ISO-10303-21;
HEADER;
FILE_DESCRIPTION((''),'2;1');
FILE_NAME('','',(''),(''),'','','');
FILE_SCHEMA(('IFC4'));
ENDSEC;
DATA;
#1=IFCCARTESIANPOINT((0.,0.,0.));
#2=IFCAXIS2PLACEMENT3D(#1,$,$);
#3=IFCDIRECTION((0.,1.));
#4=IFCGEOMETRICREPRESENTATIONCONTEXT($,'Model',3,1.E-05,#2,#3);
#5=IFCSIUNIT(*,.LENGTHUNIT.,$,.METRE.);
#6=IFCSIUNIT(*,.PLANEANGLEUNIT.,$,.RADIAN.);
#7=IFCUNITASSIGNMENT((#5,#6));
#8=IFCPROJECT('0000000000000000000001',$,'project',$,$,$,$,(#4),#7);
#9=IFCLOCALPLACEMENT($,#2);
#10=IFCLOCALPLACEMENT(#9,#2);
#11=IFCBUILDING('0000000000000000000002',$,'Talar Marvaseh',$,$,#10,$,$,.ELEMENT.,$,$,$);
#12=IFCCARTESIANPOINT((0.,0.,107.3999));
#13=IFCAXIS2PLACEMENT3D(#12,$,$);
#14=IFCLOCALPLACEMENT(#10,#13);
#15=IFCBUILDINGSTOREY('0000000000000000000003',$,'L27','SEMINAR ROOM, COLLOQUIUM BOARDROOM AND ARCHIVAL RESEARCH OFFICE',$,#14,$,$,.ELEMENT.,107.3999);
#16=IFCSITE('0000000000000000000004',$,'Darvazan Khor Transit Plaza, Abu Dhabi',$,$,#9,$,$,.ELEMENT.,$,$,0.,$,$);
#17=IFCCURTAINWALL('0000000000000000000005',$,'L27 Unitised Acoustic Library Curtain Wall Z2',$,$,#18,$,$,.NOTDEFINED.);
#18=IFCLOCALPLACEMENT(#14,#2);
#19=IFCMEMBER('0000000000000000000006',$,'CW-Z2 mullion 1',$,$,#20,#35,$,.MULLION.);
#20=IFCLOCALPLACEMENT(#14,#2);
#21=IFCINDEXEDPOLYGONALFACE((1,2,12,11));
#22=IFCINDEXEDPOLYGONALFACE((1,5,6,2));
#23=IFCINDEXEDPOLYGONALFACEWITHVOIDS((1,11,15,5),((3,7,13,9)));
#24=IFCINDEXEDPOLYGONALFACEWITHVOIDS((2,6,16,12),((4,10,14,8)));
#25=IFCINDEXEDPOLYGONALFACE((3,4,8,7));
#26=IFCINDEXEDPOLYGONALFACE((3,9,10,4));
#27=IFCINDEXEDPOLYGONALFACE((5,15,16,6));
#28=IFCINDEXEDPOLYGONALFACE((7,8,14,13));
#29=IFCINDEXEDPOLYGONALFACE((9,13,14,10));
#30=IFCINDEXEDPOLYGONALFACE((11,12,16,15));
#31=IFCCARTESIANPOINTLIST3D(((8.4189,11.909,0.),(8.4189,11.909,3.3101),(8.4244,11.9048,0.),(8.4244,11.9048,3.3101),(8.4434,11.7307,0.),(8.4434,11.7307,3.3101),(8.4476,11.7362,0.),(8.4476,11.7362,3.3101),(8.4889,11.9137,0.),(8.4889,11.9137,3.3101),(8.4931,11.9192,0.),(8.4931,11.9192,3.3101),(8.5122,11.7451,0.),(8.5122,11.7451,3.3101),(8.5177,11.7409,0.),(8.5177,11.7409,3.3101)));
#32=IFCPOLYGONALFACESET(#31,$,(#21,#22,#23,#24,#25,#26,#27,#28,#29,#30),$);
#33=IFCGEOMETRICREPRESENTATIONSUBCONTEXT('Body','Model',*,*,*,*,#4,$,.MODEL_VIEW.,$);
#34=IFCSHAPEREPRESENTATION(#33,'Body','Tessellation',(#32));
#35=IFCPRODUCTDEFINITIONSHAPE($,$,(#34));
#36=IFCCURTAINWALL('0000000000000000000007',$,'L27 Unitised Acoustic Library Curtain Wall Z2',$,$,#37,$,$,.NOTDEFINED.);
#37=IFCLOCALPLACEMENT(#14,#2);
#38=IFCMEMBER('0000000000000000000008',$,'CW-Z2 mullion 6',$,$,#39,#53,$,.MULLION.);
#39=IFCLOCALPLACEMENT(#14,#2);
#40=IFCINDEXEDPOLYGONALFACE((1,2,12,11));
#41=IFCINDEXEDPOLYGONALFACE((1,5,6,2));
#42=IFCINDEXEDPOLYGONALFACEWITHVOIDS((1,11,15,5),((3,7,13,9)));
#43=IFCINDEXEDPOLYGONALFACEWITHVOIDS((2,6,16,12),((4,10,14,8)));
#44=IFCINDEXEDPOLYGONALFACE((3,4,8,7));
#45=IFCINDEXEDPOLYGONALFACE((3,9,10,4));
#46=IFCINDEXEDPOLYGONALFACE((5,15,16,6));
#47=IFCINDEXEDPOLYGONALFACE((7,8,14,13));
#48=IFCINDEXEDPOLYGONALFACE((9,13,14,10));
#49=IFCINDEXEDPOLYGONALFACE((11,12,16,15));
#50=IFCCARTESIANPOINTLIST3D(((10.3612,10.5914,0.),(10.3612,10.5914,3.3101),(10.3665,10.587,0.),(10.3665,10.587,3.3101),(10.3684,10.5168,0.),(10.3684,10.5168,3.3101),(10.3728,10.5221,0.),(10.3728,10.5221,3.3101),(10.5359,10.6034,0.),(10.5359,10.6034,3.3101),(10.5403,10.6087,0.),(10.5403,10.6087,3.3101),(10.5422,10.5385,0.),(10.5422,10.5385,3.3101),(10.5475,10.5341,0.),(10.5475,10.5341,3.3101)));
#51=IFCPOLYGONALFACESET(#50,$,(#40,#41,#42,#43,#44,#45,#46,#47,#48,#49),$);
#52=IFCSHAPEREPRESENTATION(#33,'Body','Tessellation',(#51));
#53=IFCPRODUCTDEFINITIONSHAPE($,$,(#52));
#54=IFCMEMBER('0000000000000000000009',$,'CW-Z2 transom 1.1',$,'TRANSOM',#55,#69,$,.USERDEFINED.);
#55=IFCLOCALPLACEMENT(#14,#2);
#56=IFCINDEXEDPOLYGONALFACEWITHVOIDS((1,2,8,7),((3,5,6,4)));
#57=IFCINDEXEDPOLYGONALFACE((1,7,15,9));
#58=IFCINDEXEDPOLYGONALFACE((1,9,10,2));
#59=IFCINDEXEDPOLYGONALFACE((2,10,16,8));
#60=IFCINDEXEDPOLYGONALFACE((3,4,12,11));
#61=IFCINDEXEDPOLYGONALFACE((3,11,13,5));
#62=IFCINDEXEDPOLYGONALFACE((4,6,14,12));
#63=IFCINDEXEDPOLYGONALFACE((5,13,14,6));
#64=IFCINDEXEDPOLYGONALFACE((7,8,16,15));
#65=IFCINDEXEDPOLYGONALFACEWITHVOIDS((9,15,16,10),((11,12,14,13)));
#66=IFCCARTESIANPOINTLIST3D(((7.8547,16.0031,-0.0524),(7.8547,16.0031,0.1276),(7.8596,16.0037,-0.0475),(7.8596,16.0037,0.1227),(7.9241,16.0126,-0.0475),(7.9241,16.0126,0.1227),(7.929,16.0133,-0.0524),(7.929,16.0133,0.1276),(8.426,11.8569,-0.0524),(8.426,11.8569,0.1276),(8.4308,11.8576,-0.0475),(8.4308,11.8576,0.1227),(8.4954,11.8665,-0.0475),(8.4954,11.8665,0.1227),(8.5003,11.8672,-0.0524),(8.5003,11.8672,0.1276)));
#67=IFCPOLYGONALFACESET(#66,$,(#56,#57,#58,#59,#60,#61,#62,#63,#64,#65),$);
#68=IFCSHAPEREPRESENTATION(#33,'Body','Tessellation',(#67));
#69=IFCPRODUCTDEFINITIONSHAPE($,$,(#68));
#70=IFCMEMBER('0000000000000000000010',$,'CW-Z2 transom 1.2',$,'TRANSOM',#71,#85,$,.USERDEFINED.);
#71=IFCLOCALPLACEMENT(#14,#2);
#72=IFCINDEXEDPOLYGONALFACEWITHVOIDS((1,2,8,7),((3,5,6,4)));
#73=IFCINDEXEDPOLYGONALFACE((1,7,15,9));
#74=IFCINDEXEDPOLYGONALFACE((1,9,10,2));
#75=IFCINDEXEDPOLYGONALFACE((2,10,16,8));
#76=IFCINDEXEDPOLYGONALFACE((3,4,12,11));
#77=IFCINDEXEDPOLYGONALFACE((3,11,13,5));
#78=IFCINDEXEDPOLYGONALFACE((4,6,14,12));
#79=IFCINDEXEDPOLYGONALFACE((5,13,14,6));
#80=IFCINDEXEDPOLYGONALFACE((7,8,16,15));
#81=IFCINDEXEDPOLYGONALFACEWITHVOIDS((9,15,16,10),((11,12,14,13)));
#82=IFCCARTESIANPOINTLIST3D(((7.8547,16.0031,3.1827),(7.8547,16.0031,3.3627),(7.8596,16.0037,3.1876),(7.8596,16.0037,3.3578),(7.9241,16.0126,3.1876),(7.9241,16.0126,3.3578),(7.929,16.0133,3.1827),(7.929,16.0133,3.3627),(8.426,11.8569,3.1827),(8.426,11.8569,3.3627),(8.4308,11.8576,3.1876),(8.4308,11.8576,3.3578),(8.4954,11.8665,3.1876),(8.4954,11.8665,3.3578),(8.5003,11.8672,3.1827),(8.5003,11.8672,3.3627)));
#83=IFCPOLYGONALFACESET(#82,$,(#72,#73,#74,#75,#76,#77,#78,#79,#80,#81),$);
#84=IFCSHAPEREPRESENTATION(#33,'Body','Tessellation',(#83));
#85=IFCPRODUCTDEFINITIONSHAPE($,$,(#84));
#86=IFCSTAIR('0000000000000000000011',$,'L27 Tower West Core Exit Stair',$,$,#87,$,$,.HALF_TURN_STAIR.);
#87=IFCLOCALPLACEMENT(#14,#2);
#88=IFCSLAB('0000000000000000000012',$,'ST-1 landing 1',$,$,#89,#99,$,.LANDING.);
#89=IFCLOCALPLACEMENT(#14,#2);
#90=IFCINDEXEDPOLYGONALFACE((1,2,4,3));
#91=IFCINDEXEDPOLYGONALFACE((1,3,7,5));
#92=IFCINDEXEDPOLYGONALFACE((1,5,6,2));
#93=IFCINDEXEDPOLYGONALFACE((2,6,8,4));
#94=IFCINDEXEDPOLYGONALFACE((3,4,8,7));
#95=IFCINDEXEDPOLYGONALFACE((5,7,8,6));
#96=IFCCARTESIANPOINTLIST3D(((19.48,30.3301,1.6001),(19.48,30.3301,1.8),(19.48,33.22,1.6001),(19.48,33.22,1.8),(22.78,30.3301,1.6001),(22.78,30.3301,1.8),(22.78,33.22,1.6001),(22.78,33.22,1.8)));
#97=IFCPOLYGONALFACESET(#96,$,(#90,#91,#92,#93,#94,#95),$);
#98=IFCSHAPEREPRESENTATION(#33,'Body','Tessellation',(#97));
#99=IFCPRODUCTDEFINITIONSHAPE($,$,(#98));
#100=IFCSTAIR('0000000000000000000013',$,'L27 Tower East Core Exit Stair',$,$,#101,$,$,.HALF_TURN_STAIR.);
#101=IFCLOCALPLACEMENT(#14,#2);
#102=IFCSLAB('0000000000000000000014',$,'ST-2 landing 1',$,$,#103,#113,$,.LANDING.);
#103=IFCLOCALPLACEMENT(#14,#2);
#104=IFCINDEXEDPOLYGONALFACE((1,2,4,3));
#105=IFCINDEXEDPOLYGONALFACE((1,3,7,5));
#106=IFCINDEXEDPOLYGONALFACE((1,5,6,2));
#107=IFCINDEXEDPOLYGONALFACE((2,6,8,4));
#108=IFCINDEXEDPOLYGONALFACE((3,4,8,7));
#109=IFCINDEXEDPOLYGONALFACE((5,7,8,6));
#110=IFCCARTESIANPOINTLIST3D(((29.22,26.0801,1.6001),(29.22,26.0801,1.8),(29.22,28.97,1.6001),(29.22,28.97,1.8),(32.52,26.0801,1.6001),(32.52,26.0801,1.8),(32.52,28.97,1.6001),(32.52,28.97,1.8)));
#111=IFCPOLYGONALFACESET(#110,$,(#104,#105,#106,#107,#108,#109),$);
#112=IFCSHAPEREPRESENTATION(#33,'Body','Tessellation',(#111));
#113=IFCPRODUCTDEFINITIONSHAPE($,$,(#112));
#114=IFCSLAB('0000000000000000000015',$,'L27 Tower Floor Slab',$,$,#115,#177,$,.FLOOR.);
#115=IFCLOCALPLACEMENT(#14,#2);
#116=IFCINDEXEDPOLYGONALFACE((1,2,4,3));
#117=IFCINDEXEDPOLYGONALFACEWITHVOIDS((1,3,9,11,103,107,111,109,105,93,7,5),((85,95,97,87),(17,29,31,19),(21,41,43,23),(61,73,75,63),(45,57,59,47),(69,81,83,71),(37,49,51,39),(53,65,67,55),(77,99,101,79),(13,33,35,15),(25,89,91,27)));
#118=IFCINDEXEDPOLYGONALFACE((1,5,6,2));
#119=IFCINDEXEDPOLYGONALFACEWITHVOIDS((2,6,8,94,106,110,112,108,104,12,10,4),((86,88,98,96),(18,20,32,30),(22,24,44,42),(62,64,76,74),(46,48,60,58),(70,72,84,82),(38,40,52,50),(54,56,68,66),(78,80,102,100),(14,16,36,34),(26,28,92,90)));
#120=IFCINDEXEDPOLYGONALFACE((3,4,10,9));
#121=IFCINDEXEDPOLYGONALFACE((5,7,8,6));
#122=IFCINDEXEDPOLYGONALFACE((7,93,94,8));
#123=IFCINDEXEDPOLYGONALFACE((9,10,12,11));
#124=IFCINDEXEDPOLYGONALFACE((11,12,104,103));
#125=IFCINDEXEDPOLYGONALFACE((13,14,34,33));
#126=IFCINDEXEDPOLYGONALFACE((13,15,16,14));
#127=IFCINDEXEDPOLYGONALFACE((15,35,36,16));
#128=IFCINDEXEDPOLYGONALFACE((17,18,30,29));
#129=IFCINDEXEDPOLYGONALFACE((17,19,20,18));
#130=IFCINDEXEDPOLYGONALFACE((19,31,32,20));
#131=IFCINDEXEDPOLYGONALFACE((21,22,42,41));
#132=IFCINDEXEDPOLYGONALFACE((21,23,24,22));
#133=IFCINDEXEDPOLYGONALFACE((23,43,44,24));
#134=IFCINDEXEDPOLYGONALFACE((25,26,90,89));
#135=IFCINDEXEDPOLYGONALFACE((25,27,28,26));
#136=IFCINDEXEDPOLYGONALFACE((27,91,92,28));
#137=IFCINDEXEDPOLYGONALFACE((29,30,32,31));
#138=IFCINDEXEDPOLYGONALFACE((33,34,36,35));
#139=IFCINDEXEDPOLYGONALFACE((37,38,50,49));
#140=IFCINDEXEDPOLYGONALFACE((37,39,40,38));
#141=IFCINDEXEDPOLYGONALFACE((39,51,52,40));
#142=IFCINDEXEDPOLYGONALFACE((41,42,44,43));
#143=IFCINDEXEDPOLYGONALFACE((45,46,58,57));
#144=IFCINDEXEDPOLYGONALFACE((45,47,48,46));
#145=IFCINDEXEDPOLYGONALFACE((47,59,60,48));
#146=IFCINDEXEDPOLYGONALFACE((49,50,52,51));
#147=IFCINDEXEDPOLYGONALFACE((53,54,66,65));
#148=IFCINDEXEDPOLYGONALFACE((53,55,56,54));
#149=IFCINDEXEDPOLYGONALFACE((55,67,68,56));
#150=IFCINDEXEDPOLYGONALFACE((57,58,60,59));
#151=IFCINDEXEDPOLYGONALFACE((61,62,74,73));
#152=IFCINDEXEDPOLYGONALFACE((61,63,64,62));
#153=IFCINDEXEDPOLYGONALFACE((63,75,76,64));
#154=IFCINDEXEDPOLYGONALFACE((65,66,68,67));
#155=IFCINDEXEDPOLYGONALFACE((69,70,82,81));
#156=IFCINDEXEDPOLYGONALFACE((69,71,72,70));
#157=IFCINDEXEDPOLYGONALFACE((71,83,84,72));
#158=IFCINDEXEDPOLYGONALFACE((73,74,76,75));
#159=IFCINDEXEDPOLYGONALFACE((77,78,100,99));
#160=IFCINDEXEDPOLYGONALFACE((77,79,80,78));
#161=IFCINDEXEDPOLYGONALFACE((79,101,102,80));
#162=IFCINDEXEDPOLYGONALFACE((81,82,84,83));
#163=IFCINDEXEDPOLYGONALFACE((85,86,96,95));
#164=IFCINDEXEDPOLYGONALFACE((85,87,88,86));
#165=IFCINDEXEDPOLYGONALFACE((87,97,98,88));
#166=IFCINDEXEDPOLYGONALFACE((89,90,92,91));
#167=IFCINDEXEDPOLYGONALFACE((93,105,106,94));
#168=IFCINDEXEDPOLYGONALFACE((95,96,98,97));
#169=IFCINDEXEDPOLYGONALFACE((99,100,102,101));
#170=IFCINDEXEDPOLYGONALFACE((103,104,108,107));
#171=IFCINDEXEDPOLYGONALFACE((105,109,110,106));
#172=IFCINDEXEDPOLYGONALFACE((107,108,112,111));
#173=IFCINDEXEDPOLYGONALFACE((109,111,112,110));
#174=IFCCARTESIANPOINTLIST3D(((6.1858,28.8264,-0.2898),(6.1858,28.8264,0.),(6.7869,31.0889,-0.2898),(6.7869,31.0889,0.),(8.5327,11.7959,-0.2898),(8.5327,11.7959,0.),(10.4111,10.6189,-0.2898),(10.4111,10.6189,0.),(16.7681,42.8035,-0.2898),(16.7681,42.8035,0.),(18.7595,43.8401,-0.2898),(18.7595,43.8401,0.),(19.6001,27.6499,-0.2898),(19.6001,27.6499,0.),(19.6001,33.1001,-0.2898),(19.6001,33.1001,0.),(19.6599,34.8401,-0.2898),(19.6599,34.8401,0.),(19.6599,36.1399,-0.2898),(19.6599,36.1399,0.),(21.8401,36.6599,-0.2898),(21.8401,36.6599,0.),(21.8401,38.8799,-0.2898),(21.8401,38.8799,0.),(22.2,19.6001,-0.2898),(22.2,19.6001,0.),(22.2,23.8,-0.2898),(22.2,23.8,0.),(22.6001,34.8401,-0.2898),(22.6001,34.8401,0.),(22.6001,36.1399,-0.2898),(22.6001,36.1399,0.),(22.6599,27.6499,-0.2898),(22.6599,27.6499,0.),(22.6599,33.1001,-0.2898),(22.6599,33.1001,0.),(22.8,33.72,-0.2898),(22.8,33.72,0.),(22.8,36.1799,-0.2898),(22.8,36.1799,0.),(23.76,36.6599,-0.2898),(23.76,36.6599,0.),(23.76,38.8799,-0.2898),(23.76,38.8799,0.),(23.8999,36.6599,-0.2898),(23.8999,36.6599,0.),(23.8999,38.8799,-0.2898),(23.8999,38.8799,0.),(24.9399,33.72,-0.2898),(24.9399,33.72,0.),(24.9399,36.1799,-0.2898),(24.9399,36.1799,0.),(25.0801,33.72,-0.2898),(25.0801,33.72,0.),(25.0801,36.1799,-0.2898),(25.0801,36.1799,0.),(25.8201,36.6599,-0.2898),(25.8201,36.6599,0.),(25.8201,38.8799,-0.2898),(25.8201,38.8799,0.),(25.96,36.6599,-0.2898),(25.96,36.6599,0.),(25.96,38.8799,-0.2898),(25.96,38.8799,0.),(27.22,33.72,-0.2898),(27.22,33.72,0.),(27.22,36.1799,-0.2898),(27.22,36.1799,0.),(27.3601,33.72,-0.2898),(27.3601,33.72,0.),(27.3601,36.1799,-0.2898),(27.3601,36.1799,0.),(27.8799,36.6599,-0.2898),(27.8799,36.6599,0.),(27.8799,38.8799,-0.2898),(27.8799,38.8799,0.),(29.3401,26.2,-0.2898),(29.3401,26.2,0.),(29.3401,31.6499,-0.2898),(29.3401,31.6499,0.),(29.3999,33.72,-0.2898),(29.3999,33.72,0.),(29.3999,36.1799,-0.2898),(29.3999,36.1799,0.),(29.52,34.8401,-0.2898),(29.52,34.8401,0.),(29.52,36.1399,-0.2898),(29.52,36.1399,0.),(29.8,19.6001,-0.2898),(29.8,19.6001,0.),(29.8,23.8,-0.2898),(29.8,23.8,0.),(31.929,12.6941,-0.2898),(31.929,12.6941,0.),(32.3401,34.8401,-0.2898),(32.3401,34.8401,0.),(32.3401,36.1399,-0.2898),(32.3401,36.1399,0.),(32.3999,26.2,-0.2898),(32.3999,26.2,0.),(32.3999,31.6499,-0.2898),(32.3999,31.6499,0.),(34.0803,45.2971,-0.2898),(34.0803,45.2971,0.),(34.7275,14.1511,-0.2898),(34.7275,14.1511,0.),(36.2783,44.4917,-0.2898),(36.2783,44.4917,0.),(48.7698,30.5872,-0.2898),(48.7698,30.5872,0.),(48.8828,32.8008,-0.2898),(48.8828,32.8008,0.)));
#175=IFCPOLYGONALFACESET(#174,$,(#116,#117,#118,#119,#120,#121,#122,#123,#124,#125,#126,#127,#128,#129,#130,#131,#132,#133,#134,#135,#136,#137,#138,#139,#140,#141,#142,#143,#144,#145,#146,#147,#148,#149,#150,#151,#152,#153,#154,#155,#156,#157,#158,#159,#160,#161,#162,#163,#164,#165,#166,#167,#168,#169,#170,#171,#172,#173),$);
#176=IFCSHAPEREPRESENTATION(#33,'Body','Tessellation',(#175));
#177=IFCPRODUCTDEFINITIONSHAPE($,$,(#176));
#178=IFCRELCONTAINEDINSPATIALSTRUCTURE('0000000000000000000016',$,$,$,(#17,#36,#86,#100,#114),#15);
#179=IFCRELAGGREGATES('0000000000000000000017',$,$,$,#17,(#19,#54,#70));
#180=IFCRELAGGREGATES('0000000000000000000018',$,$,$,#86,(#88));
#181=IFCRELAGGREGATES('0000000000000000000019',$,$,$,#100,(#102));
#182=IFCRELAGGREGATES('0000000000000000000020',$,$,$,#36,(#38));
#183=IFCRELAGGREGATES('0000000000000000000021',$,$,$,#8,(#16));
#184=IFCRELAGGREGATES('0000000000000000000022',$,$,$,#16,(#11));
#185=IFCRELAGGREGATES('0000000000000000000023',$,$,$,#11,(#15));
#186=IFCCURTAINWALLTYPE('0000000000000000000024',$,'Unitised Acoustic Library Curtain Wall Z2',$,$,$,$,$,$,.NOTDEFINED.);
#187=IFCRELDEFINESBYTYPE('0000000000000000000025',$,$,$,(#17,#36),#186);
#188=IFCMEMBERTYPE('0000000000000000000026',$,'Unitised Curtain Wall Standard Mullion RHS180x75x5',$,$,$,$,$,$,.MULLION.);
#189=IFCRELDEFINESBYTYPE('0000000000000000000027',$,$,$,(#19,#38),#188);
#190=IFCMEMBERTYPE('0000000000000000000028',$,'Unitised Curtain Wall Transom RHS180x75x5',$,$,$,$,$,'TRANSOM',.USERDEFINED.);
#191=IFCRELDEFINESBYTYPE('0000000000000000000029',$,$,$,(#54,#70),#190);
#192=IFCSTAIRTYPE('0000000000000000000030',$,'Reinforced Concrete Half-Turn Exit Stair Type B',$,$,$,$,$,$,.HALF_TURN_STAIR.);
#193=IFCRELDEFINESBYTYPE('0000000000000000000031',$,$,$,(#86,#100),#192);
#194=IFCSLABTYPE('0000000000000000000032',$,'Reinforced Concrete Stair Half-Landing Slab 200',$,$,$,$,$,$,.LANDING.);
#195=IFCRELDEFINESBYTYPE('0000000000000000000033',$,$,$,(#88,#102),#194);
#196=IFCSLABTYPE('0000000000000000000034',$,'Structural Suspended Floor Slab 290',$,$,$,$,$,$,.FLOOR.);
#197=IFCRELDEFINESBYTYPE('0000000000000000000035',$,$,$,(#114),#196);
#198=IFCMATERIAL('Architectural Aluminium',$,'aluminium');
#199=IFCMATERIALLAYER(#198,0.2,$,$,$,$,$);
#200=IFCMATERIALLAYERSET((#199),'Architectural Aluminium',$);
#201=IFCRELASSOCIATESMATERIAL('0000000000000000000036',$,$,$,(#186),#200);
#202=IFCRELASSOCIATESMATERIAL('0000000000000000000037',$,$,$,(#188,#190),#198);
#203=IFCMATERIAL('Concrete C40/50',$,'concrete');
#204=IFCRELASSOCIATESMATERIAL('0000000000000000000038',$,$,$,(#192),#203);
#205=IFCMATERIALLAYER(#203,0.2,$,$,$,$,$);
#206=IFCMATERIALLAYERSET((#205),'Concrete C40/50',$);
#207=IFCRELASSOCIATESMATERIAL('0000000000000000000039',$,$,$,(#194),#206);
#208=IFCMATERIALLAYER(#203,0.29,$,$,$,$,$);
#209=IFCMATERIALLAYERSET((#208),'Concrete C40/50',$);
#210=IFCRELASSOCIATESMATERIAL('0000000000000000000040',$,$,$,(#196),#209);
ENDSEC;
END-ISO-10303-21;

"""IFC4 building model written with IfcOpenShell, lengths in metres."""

from ifc_helpers import new_model, si_unit, direction, frame, origin, origin_2d, place, context, subcontext, project, spatial, polyline, hollow_rectangle, outline, extrude, source, transform, mapped, material, layer, layer_set, material_profile, profile_set, type_object, type_shapes, element, aggregate, save


model = new_model("IFC4")

# Units and contexts
model_context = context("Model", 3, precision=1e-05, world=origin(), true_north=direction((0.0, 1.0)))
body_context = subcontext(model_context, "Body", "Model", "MODEL_VIEW")
ifc_project = project(units=[si_unit("LENGTHUNIT", "METRE"), si_unit("PLANEANGLEUNIT", "RADIAN")], contexts=[model_context])

# Site, building, storey
site_placement = place(None, origin())
site = spatial("IfcSite", under=ifc_project, at=site_placement, Name="Darvazan Khor Transit Plaza, Abu Dhabi", CompositionType="ELEMENT", RefElevation=0.0)
building_placement = place(site_placement, origin())
building = spatial("IfcBuilding", under=site, at=building_placement, Name="Talar Marvaseh", CompositionType="ELEMENT")
storey_placement = place(building_placement, frame((0.0, 0.0, 107.3999)))
storey = spatial("IfcBuildingStorey", under=building, at=storey_placement, Name="L27", Description="SEMINAR ROOM, COLLOQUIUM BOARDROOM AND ARCHIVAL RESEARCH OFFICE", CompositionType="ELEMENT", Elevation=107.3999)

# Curtain walls, members
ifc_material_1 = material(Name="Architectural Aluminium", Category="aluminium")
ifc_layer_1 = layer(ifc_material_1, 0.2)
ifc_layer_set_1 = layer_set([ifc_layer_1], Name="Architectural Aluminium")
curtain_wall_type = type_object("IfcCurtainWallType", Name="Unitised Acoustic Library Curtain Wall Z2", PredefinedType="NOTDEFINED", material=ifc_layer_set_1)
curtain_wall_1_placement = place(storey_placement, origin())
curtain_wall_1 = element("IfcCurtainWall", 1, at=curtain_wall_1_placement, inside=storey, type_object=curtain_wall_type, Name="L27 Unitised Acoustic Library Curtain Wall Z2", PredefinedType="NOTDEFINED")
ifc_material_profile_1 = material_profile(ifc_material_1, hollow_rectangle(XDim=0.075, YDim=0.1799, WallThickness=0.0049, at=origin_2d()), Name="RHS180x75x5")
ifc_profile_set_1 = profile_set([ifc_material_profile_1], Name="Architectural Aluminium")
member_type_1 = type_object("IfcMemberType", Name="Unitised Curtain Wall Standard Mullion RHS180x75x5", PredefinedType="MULLION", material=ifc_profile_set_1)
shared_shape_1 = source(origin(), body_context, "Body", "SweptSolid", [
    extrude(hollow_rectangle(XDim=0.075, YDim=0.1799, WallThickness=0.0049, at=origin_2d()), origin(), (0.0, 0.0, 1.0), 3.3101),
])
type_shapes(member_type_1, [shared_shape_1])
member_1_placement = place(storey_placement, frame((8.4683, 11.825, 0.0), z_axis=(0.0, 0.0, 1.0), x_axis=(-0.990638, -0.136515, 0.0)))
member_1 = element("IfcMember", 2, at=member_1_placement, type_object=member_type_1, Name="CW-Z2 mullion 1", PredefinedType="MULLION", context=body_context, shape_type="MappedRepresentation", body=[
    mapped(shared_shape_1, transform((0.0, 0.0, 0.0), x_axis=(1.0, 0.0, 0.0), y_axis=(0.0, 1.0, 0.0), z_axis=(0.0, 0.0, 1.0), scale=1.0)),
])
curtain_wall_2_placement = place(storey_placement, origin())
curtain_wall_2 = element("IfcCurtainWall", 3, at=curtain_wall_2_placement, inside=storey, type_object=curtain_wall_type, Name="L27 Unitised Acoustic Library Curtain Wall Z2", PredefinedType="NOTDEFINED")
member_2_placement = place(storey_placement, frame((10.4543, 10.5627, 0.0), z_axis=(0.0, 0.0, 1.0), x_axis=(0.096, -0.995381, 0.0)))
member_2 = element("IfcMember", 4, at=member_2_placement, type_object=member_type_1, Name="CW-Z2 mullion 6", PredefinedType="MULLION", context=body_context, shape_type="MappedRepresentation", body=[
    mapped(shared_shape_1, transform((0.0, 0.0, 0.0), x_axis=(1.0, 0.0, 0.0), y_axis=(0.0, 1.0, 0.0), z_axis=(0.0, 0.0, 1.0), scale=1.0)),
])

# Members
ifc_material_profile_2 = material_profile(ifc_material_1, hollow_rectangle(XDim=0.075, YDim=0.1799, WallThickness=0.0049, at=origin_2d()), Name="RHS180x75x5")
ifc_profile_set_2 = profile_set([ifc_material_profile_2], Name="Architectural Aluminium")
member_type_2 = type_object("IfcMemberType", Name="Unitised Curtain Wall Transom RHS180x75x5", ElementType="TRANSOM", PredefinedType="USERDEFINED", material=ifc_profile_set_2)
shared_shape_2 = source(origin(), body_context, "Body", "SweptSolid", [
    extrude(hollow_rectangle(XDim=0.075, YDim=0.1799, WallThickness=0.0049, at=origin_2d()), origin(), (0.0, 0.0, 1.0), 4.1853),
])
type_shapes(member_type_2, [shared_shape_2])
member_3_placement = place(storey_placement, frame((8.4631, 11.8621, 0.0376), z_axis=(-0.136495, 0.990641, 0.0), x_axis=(-0.990641, -0.136495, 0.0)))
member_3 = element("IfcMember", 5, at=member_3_placement, type_object=member_type_2, Name="CW-Z2 transom 1.1", ObjectType="TRANSOM", PredefinedType="USERDEFINED", context=body_context, shape_type="MappedRepresentation", body=[
    mapped(shared_shape_2, transform((0.0, 0.0, 0.0), x_axis=(1.0, 0.0, 0.0), y_axis=(0.0, 1.0, 0.0), z_axis=(0.0, 0.0, 1.0), scale=1.0)),
])
member_4_placement = place(storey_placement, frame((8.4631, 11.8621, 3.2727), z_axis=(-0.136495, 0.990641, 0.0), x_axis=(-0.990641, -0.136495, 0.0)))
member_4 = element("IfcMember", 6, at=member_4_placement, type_object=member_type_2, Name="CW-Z2 transom 1.2", ObjectType="TRANSOM", PredefinedType="USERDEFINED", context=body_context, shape_type="MappedRepresentation", body=[
    mapped(shared_shape_2, transform((0.0, 0.0, 0.0), x_axis=(1.0, 0.0, 0.0), y_axis=(0.0, 1.0, 0.0), z_axis=(0.0, 0.0, 1.0), scale=1.0)),
])
aggregate(curtain_wall_1, [member_1, member_3, member_4])

# Stairs, slabs
ifc_material_2 = material(Name="Concrete C40/50", Category="concrete")
stair_type = type_object("IfcStairType", Name="Reinforced Concrete Half-Turn Exit Stair Type B", PredefinedType="HALF_TURN_STAIR", material=ifc_material_2)
stair_1_placement = place(storey_placement, origin())
stair_1 = element("IfcStair", 7, at=stair_1_placement, inside=storey, type_object=stair_type, Name="L27 Tower West Core Exit Stair", PredefinedType="HALF_TURN_STAIR")
ifc_layer_2 = layer(ifc_material_2, 0.2)
ifc_layer_set_2 = layer_set([ifc_layer_2], Name="Concrete C40/50")
slab_type_1 = type_object("IfcSlabType", Name="Reinforced Concrete Stair Half-Landing Slab 200", PredefinedType="LANDING", material=ifc_layer_set_2)
slab_1_placement = place(storey_placement, frame((0.0, 0.0, 1.6001)))
slab_1 = element("IfcSlab", 8, at=slab_1_placement, type_object=slab_type_1, Name="ST-1 landing 1", PredefinedType="LANDING", context=body_context, shape_type="SweptSolid", body=[
    extrude(outline(polyline([(22.78, 30.3301), (22.78, 33.22), (19.48, 33.22), (19.48, 30.3301), (22.78, 30.3301)])), origin(), (0.0, 0.0, 1.0), 0.2),
])
aggregate(stair_1, [slab_1])
stair_2_placement = place(storey_placement, origin())
stair_2 = element("IfcStair", 9, at=stair_2_placement, inside=storey, type_object=stair_type, Name="L27 Tower East Core Exit Stair", PredefinedType="HALF_TURN_STAIR")
slab_2_placement = place(storey_placement, frame((0.0, 0.0, 1.6001)))
slab_2 = element("IfcSlab", 10, at=slab_2_placement, type_object=slab_type_1, Name="ST-2 landing 1", PredefinedType="LANDING", context=body_context, shape_type="SweptSolid", body=[
    extrude(outline(polyline([(29.22, 28.97), (29.22, 26.0801), (32.52, 26.0801), (32.52, 28.97), (29.22, 28.97)])), origin(), (0.0, 0.0, 1.0), 0.2),
])
aggregate(stair_2, [slab_2])

# Slab
ifc_layer_3 = layer(ifc_material_2, 0.29)
ifc_layer_set_3 = layer_set([ifc_layer_3], Name="Concrete C40/50")
slab_type_2 = type_object("IfcSlabType", Name="Structural Suspended Floor Slab 290", PredefinedType="FLOOR", material=ifc_layer_set_3)
slab_3_placement = place(storey_placement, frame((0.0, 0.0, -0.2898)))
element("IfcSlab", 11, at=slab_3_placement, inside=storey, type_object=slab_type_2, Name="L27 Tower Floor Slab", PredefinedType="FLOOR", context=body_context, shape_type="SweptSolid", body=[
    extrude(outline(polyline([(10.4111, 10.6189), (8.5327, 11.7959), (6.1858, 28.8264), (6.7869, 31.0889), (16.7681, 42.8035), (18.7595, 43.8401), (34.0803, 45.2971), (36.2783, 44.4917), (48.8828, 32.8008), (48.7698, 30.5872), (34.7275, 14.1511), (31.929, 12.6941), (10.4111, 10.6189)]), holes=[polyline([(22.6599, 27.6499), (22.6599, 33.1001), (19.6001, 33.1001), (19.6001, 27.6499), (22.6599, 27.6499)]), polyline([(29.3401, 31.6499), (29.3401, 26.2), (32.3999, 26.2), (32.3999, 31.6499), (29.3401, 31.6499)]), polyline([(22.8, 33.72), (24.9399, 33.72), (24.9399, 36.1799), (22.8, 36.1799), (22.8, 33.72)]), polyline([(25.0801, 33.72), (27.22, 33.72), (27.22, 36.1799), (25.0801, 36.1799), (25.0801, 33.72)]), polyline([(27.3601, 33.72), (29.3999, 33.72), (29.3999, 36.1799), (27.3601, 36.1799), (27.3601, 33.72)]), polyline([(21.8401, 36.6599), (23.76, 36.6599), (23.76, 38.8799), (21.8401, 38.8799), (21.8401, 36.6599)]), polyline([(23.8999, 36.6599), (25.8201, 36.6599), (25.8201, 38.8799), (23.8999, 38.8799), (23.8999, 36.6599)]), polyline([(25.96, 36.6599), (27.8799, 36.6599), (27.8799, 38.8799), (25.96, 38.8799), (25.96, 36.6599)]), polyline([(19.6599, 34.8401), (22.6001, 34.8401), (22.6001, 36.1399), (19.6599, 36.1399), (19.6599, 34.8401)]), polyline([(29.52, 34.8401), (32.3401, 34.8401), (32.3401, 36.1399), (29.52, 36.1399), (29.52, 34.8401)]), polyline([(22.2, 19.6001), (29.8, 19.6001), (29.8, 23.8), (22.2, 23.8), (22.2, 19.6001)])]), origin(), (0.0, 0.0, 1.0), 0.2898),
])

aggregate(curtain_wall_2, [member_2])

save(model, "model.ifc")
